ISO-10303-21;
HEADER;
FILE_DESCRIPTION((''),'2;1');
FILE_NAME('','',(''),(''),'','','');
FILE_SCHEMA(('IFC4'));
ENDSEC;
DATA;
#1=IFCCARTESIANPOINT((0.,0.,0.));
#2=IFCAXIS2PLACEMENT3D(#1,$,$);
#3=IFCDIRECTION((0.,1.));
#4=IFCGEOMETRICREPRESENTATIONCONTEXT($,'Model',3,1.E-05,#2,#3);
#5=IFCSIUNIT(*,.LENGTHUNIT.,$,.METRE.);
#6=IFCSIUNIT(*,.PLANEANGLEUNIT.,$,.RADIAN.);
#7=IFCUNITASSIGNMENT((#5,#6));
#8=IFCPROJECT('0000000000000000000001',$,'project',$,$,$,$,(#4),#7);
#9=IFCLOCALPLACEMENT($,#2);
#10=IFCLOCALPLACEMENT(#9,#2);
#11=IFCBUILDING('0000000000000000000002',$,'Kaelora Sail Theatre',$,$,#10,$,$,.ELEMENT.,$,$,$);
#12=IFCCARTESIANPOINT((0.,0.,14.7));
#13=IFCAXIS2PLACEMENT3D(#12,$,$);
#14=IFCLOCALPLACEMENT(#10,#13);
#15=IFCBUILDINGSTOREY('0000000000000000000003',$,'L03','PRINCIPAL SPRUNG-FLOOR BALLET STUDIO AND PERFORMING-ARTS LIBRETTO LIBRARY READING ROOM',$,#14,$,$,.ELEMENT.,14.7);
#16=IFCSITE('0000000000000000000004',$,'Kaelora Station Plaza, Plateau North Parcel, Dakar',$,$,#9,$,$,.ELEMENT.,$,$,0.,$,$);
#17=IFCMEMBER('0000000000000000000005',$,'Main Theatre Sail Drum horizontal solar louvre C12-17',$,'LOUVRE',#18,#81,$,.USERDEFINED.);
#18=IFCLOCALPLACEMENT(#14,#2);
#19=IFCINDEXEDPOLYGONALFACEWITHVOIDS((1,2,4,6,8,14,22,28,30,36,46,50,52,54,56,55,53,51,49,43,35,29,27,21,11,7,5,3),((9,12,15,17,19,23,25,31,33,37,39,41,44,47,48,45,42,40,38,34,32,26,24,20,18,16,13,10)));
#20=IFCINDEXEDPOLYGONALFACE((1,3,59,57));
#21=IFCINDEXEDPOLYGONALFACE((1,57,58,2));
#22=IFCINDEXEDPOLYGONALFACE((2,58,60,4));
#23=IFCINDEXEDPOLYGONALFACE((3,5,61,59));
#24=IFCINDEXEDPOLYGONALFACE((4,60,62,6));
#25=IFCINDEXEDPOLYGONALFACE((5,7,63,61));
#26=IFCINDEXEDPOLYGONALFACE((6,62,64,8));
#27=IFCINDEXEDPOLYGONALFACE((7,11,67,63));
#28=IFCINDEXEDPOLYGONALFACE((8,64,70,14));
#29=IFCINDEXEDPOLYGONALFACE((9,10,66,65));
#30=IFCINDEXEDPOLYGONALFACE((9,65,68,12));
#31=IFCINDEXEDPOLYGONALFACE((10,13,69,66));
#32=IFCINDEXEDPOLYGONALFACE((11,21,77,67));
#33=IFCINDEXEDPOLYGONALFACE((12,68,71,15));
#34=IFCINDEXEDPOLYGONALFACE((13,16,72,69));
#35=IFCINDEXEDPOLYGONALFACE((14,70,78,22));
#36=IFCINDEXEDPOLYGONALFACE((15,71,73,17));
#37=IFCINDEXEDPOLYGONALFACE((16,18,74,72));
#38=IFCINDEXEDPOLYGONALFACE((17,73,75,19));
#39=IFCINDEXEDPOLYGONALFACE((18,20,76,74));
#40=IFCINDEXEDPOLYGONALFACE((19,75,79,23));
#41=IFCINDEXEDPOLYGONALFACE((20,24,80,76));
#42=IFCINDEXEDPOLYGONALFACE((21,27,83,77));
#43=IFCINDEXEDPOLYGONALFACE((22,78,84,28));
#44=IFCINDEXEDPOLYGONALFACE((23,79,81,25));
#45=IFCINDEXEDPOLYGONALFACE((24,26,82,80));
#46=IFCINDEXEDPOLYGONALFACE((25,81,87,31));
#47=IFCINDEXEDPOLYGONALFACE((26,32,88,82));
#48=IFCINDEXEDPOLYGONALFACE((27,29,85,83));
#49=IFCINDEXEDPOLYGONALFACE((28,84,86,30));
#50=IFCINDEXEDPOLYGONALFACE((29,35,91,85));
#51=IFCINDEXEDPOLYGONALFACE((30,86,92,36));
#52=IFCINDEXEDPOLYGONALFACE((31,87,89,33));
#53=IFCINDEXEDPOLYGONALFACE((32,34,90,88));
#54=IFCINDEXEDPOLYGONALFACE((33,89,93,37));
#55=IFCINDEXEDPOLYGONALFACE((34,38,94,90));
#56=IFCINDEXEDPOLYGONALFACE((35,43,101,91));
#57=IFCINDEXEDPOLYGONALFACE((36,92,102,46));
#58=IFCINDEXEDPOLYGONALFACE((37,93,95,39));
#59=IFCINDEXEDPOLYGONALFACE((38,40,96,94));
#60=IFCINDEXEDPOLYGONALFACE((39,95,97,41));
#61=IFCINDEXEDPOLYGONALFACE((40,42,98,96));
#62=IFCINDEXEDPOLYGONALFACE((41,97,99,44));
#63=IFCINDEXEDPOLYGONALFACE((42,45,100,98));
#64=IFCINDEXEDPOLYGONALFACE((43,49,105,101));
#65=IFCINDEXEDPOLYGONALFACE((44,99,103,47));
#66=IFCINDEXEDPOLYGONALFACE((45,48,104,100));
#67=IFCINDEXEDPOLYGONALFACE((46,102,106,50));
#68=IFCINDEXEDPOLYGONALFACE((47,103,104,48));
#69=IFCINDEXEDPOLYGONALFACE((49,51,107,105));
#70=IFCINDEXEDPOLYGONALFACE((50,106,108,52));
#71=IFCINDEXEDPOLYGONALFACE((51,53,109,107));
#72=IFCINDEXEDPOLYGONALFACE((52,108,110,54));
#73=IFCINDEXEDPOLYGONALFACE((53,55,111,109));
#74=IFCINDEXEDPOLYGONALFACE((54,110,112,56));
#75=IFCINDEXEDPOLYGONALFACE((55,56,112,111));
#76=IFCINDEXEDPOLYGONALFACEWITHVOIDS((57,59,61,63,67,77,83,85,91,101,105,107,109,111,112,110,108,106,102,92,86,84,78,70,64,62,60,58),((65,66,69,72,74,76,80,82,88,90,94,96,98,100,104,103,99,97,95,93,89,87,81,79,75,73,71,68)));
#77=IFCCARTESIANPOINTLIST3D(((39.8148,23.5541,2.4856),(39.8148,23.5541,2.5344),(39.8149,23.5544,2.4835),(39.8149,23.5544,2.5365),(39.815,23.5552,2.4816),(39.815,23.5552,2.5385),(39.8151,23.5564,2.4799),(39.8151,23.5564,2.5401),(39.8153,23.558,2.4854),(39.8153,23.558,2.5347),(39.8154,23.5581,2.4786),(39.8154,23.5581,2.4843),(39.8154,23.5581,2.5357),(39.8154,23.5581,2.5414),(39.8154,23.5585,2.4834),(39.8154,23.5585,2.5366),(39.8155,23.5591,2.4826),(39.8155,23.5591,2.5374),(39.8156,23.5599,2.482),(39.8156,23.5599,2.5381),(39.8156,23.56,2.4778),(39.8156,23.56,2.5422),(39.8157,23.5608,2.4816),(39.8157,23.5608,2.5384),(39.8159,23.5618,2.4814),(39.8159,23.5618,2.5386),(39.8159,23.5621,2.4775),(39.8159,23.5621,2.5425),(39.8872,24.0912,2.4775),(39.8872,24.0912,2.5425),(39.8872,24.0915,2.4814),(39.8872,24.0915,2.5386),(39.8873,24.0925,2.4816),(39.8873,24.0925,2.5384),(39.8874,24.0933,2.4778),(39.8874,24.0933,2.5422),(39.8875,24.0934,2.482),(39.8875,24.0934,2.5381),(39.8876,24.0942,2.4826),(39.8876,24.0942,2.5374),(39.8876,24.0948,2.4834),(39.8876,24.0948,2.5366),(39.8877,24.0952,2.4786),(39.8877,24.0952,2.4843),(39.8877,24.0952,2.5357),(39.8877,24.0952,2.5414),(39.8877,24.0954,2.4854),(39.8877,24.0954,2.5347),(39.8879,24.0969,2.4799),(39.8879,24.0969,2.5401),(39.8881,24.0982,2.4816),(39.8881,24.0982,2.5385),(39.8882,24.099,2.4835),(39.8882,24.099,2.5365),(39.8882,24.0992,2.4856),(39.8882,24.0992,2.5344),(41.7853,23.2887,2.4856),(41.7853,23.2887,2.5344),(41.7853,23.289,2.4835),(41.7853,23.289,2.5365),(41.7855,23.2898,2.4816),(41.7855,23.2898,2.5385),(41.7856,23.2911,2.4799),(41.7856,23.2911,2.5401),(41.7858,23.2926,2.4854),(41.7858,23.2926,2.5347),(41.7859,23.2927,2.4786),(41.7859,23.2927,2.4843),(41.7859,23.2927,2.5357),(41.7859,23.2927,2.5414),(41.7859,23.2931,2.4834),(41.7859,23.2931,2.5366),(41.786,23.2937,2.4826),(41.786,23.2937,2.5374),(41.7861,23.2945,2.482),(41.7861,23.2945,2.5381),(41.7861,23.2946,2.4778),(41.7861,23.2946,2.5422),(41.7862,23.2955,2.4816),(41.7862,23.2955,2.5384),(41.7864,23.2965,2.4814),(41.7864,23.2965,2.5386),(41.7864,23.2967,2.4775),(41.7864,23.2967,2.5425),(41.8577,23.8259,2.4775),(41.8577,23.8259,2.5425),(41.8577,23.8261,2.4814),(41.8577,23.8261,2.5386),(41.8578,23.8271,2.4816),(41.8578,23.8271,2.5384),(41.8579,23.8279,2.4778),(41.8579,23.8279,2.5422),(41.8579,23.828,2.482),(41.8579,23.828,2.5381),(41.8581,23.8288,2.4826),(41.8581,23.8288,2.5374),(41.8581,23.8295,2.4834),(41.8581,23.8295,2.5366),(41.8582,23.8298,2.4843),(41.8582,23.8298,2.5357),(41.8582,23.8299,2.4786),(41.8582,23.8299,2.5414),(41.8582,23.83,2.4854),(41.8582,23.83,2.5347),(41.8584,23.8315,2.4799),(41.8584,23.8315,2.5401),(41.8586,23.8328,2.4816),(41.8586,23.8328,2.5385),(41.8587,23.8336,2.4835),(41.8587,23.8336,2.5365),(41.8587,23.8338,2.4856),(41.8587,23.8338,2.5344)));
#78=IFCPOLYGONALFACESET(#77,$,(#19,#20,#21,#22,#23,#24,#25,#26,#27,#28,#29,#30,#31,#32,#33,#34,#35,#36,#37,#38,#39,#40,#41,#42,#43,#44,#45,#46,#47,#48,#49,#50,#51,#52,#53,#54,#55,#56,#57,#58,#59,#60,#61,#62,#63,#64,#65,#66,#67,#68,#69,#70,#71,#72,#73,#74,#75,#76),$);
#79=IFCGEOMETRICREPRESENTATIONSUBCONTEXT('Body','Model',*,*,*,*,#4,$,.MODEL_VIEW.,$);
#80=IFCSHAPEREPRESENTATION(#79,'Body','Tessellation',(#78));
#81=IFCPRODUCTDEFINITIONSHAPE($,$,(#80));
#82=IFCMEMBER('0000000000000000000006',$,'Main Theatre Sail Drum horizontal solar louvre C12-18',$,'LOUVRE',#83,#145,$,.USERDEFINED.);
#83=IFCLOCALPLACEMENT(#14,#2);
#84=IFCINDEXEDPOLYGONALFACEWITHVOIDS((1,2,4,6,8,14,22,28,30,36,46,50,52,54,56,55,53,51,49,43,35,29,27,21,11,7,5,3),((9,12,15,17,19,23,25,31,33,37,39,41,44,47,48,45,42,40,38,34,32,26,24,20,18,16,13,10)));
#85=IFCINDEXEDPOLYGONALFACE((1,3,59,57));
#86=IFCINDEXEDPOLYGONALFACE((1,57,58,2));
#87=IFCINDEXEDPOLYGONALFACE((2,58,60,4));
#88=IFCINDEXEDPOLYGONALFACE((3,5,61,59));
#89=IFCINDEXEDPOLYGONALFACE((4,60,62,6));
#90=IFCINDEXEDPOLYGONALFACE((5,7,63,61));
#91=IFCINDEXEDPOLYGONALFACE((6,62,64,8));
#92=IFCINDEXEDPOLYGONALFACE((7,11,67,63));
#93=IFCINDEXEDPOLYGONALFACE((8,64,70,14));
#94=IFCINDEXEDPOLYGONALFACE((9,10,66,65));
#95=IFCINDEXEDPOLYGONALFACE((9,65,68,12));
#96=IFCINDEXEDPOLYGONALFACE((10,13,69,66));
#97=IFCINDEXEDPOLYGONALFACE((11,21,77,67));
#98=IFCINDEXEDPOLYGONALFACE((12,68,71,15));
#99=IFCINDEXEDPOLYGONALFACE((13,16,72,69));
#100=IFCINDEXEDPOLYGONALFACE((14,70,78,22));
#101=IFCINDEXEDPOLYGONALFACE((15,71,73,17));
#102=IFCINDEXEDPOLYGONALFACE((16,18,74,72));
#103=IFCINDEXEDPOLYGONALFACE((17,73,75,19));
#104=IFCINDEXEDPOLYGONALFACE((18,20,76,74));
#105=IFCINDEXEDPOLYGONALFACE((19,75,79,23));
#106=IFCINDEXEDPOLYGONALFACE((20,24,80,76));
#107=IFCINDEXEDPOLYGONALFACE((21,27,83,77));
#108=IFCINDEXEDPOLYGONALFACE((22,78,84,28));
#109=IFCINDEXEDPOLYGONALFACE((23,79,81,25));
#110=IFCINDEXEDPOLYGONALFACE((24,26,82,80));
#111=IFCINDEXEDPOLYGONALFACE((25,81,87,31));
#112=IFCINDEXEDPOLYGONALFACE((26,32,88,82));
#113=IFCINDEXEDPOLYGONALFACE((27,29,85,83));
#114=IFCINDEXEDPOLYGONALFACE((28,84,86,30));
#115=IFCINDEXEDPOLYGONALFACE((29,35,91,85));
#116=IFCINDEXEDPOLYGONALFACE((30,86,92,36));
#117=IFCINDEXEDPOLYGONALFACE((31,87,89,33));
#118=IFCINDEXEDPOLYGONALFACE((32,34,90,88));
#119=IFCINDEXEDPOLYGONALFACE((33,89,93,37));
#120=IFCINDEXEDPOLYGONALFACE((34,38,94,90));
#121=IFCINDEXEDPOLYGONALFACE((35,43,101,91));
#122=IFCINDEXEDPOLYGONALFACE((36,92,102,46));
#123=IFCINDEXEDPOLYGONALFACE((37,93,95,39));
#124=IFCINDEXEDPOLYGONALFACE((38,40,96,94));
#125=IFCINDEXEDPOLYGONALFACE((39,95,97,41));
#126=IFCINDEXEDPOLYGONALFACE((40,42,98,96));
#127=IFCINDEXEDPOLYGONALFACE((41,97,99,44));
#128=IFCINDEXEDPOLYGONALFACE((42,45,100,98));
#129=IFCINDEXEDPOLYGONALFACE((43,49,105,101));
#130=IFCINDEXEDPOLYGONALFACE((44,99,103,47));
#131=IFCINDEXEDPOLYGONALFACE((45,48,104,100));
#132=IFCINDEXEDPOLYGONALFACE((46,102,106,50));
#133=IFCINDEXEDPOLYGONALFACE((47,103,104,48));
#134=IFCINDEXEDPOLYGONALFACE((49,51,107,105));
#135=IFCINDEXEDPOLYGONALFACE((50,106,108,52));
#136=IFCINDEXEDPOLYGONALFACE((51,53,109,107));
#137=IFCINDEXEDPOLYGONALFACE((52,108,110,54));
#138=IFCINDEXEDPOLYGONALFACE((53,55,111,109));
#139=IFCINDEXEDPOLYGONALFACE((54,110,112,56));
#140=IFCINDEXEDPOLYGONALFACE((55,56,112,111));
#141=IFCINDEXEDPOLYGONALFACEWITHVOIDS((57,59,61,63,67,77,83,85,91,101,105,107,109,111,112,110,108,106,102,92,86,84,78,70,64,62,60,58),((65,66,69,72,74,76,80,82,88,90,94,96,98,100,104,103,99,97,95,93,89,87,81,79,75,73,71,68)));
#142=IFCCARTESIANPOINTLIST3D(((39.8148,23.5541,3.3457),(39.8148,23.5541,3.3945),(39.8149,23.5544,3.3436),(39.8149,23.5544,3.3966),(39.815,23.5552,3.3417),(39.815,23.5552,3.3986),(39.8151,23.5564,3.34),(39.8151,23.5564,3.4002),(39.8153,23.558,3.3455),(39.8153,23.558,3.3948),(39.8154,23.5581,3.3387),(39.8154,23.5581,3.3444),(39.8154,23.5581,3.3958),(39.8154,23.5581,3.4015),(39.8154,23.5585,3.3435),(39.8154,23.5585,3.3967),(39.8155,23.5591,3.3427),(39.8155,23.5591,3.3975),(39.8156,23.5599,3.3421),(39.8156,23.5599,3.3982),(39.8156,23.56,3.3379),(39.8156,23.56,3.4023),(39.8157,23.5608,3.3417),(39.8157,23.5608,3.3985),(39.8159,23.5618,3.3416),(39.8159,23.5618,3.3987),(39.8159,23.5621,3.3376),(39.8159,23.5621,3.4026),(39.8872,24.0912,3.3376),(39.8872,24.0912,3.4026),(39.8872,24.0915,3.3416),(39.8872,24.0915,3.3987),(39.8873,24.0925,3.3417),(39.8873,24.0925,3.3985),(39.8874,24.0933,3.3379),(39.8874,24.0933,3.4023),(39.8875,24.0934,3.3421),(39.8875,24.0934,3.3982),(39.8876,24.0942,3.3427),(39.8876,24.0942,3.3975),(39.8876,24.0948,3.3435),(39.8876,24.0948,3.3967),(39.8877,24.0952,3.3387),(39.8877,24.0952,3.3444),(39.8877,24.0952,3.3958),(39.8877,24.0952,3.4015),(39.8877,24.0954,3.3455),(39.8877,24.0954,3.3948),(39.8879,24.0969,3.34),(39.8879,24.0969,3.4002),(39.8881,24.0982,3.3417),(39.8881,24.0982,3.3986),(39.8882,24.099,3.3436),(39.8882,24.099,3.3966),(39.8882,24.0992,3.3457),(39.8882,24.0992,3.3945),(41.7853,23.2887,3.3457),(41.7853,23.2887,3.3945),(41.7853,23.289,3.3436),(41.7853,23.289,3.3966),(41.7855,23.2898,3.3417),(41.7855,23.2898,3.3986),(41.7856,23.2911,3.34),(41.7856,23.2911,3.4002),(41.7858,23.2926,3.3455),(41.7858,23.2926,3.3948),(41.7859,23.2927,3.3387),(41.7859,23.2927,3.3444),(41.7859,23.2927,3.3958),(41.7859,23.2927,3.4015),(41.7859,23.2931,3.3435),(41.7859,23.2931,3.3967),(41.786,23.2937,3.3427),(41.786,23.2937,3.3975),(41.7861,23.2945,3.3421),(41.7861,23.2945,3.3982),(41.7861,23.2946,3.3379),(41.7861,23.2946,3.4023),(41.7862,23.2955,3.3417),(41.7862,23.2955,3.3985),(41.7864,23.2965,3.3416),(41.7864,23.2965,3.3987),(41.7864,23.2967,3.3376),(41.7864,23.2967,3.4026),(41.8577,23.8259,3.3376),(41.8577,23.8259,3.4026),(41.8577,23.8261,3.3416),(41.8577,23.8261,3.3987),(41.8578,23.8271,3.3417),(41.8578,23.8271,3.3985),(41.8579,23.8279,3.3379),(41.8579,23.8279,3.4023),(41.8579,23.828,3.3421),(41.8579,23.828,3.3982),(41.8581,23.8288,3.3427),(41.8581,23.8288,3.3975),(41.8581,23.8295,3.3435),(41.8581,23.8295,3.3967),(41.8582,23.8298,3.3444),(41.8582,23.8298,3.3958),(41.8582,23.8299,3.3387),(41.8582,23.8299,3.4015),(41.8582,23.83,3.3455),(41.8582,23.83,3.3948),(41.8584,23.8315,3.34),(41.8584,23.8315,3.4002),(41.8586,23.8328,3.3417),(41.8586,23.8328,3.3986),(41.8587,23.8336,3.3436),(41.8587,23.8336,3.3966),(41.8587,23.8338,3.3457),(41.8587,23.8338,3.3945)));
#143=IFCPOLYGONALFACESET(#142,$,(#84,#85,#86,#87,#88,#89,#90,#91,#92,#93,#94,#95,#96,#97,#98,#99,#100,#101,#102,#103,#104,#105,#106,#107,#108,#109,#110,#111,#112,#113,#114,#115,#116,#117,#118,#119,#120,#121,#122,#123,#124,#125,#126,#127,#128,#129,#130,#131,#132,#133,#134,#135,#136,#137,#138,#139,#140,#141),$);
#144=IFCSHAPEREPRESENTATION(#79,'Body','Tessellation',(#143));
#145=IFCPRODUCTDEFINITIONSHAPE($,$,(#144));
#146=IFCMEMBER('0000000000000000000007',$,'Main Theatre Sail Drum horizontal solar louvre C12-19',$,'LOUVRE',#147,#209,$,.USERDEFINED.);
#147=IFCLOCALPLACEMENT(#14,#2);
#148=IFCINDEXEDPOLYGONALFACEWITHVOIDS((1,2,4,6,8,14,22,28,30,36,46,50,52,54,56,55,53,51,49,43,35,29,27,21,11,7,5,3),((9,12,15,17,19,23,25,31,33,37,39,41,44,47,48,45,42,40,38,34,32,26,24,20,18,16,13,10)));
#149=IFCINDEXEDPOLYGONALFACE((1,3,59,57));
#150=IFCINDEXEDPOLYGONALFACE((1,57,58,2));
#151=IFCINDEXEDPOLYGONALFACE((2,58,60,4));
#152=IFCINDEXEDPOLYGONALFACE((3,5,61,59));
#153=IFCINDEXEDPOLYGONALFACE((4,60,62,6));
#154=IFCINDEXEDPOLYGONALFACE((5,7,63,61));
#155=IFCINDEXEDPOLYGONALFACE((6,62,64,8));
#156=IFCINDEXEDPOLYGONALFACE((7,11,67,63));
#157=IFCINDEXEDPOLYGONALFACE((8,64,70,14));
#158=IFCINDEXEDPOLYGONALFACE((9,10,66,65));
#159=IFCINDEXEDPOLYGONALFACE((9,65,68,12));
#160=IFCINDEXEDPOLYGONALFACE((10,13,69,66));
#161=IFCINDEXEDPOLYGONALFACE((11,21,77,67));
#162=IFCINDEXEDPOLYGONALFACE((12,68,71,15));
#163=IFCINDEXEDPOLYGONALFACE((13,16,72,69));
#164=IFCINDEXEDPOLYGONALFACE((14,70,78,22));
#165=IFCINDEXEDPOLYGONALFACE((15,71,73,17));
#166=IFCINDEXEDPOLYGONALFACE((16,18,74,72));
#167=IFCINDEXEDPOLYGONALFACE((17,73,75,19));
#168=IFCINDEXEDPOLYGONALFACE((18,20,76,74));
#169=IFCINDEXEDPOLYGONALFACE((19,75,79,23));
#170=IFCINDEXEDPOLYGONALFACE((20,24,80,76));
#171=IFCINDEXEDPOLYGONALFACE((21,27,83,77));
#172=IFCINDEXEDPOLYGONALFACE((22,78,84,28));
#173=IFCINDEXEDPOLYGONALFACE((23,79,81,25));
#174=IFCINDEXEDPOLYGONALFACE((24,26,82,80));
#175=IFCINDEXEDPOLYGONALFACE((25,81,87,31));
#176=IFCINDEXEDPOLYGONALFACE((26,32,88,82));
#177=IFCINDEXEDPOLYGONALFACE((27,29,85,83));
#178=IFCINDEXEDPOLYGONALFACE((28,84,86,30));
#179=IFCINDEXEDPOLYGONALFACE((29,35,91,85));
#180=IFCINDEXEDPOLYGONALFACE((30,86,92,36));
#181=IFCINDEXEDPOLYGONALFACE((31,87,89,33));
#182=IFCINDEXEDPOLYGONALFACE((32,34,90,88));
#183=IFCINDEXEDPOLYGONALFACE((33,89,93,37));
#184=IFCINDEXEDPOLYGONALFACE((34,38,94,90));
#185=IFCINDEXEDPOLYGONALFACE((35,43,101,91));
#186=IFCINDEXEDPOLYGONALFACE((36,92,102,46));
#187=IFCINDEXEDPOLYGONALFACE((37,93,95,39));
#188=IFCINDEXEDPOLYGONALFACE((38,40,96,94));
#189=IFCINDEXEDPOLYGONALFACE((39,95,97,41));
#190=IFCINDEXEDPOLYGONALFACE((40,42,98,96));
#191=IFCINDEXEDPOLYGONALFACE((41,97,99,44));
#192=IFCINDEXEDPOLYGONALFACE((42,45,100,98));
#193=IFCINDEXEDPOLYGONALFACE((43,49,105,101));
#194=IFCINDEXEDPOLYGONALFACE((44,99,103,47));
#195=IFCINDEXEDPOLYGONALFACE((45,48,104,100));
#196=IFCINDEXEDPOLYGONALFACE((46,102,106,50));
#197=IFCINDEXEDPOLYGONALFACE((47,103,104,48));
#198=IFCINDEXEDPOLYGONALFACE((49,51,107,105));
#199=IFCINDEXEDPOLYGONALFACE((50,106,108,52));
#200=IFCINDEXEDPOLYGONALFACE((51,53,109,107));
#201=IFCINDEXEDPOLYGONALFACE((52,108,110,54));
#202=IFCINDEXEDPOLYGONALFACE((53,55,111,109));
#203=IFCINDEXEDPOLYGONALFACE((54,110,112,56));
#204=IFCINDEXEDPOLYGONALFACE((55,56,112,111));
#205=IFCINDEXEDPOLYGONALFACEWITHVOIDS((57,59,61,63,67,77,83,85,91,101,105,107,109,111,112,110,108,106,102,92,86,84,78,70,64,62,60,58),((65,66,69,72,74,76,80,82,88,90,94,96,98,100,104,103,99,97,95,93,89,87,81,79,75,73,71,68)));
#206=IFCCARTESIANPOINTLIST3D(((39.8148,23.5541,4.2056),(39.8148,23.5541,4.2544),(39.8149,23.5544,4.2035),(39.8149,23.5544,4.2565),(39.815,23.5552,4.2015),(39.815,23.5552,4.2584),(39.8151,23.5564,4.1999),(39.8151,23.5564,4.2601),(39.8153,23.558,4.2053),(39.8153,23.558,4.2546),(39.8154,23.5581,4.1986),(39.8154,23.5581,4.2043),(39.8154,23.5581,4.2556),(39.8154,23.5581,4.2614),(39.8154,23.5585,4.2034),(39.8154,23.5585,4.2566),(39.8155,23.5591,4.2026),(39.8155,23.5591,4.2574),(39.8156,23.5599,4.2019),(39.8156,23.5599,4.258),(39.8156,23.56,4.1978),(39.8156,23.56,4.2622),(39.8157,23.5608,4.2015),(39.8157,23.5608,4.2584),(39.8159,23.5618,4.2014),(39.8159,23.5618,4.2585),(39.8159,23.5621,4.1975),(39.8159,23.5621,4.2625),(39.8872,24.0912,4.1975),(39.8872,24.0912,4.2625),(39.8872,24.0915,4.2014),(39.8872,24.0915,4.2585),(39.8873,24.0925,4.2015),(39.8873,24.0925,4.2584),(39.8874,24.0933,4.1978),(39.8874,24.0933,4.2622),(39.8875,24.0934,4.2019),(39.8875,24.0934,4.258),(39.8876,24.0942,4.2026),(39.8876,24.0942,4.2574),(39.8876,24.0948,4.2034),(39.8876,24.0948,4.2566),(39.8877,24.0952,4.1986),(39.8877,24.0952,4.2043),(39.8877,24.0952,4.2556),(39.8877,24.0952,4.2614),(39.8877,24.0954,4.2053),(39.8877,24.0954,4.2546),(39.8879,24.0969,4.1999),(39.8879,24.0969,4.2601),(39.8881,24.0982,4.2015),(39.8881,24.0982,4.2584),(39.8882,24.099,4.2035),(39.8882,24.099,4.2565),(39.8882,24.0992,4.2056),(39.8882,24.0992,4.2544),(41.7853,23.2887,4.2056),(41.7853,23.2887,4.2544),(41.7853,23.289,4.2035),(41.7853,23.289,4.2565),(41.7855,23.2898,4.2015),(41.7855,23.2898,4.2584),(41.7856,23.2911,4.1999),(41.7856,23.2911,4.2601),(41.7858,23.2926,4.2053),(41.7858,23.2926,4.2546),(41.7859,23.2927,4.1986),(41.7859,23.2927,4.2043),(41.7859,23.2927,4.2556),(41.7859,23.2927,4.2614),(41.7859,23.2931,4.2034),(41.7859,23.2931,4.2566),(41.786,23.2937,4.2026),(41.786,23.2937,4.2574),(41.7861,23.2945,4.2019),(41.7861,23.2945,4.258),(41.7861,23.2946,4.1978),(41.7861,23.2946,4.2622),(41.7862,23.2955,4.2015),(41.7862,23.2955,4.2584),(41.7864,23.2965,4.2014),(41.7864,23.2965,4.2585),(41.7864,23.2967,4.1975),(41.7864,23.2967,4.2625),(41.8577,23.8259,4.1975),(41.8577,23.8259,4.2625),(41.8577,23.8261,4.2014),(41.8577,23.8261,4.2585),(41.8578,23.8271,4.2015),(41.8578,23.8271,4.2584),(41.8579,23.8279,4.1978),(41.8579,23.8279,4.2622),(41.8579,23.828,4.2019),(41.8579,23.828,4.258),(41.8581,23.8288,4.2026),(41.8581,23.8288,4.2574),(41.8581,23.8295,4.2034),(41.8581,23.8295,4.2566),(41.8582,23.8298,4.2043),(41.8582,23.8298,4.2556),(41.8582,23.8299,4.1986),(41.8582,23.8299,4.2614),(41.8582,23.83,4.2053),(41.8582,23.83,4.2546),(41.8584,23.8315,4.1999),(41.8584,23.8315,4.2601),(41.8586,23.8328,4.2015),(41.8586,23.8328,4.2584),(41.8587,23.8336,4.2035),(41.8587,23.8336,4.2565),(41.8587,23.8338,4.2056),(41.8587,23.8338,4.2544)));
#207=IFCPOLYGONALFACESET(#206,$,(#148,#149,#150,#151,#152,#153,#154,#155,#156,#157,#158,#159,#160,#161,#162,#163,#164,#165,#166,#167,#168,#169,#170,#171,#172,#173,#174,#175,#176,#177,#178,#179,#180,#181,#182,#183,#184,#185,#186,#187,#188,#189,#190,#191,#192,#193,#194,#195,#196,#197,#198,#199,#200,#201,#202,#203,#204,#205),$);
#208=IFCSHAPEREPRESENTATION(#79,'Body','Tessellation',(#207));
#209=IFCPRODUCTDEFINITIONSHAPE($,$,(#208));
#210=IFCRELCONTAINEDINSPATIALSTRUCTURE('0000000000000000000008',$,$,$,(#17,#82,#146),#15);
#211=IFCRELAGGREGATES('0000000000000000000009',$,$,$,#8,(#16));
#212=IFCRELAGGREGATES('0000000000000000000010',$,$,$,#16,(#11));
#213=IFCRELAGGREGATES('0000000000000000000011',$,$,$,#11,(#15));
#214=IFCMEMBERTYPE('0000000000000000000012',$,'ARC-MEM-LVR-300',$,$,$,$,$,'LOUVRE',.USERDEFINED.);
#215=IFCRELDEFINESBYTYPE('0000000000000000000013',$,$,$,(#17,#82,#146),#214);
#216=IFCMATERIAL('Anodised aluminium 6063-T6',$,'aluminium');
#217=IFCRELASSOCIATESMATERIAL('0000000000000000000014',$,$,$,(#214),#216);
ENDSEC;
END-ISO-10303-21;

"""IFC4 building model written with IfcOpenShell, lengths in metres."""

from ifc_helpers import new_model, si_unit, direction, frame, origin, origin_2d, place, context, subcontext, project, spatial, hollow_rectangle, extrude, material, material_profile, profile_set, type_object, element, save


model = new_model("IFC4")

# Units and contexts
model_context = context("Model", 3, precision=1e-05, world=origin(), true_north=direction((0.0, 1.0)))
body_context = subcontext(model_context, "Body", "Model", "MODEL_VIEW")
ifc_project = project(units=[si_unit("LENGTHUNIT", "METRE"), si_unit("PLANEANGLEUNIT", "RADIAN")], contexts=[model_context])

# Site, building, storey
site_placement = place(None, origin())
site = spatial("IfcSite", under=ifc_project, at=site_placement, Name="Kaelora Station Plaza, Plateau North Parcel, Dakar", CompositionType="ELEMENT", RefElevation=0.0)
building_placement = place(site_placement, origin())
building = spatial("IfcBuilding", under=site, at=building_placement, Name="Kaelora Sail Theatre", CompositionType="ELEMENT")
storey_placement = place(building_placement, frame((0.0, 0.0, 14.7)))
storey = spatial("IfcBuildingStorey", under=building, at=storey_placement, Name="L03", Description="PRINCIPAL SPRUNG-FLOOR BALLET STUDIO AND PERFORMING-ARTS LIBRETTO LIBRARY READING ROOM", CompositionType="ELEMENT", Elevation=14.7)

# Members
ifc_material_1 = material(Name="Anodised aluminium 6063-T6", Category="aluminium")
ifc_material_profile_1 = material_profile(ifc_material_1, hollow_rectangle(XDim=0.55, YDim=0.0649, WallThickness=0.0039, InnerFilletRadius=0.0039, OuterFilletRadius=0.0081, at=origin_2d()), Name="LOUVRE 550x65x4")
ifc_profile_set_1 = profile_set([ifc_material_profile_1], Name="Anodised aluminium 6063-T6")
member_type = type_object("IfcMemberType", Name="ARC-MEM-LVR-300", ElementType="LOUVRE", PredefinedType="USERDEFINED", material=ifc_profile_set_1)
for number, where, z_axis, x_axis, name in (
    (1, (41.822, 23.5613, 2.51), (-0.991052, 0.133475, 0.0), (-0.133475, -0.991052, 0.0), "Main Theatre Sail Drum horizontal solar louvre C12-17"),
    (2, (41.822, 23.5613, 3.3701), (-0.991052, 0.133475, 0.0), (-0.133475, -0.991052, 0.0), "Main Theatre Sail Drum horizontal solar louvre C12-18"),
    (3, (41.822, 23.5613, 4.23), (-0.991052, 0.133475, 0.0), (-0.133475, -0.991052, 0.0), "Main Theatre Sail Drum horizontal solar louvre C12-19"),
):
    element("IfcMember", number, at=place(storey_placement, frame(where, z_axis=z_axis, x_axis=x_axis)), inside=storey, type_object=member_type, Name=name, ObjectType="LOUVRE", PredefinedType="USERDEFINED", context=body_context, shape_type="SweptSolid", body=[
        extrude(hollow_rectangle(XDim=0.55, YDim=0.0649, WallThickness=0.0039, InnerFilletRadius=0.0039, OuterFilletRadius=0.0081, at=origin_2d()), origin(), (0.0, 0.0, 1.0), 1.9883),
    ])

save(model, "model.ifc")
